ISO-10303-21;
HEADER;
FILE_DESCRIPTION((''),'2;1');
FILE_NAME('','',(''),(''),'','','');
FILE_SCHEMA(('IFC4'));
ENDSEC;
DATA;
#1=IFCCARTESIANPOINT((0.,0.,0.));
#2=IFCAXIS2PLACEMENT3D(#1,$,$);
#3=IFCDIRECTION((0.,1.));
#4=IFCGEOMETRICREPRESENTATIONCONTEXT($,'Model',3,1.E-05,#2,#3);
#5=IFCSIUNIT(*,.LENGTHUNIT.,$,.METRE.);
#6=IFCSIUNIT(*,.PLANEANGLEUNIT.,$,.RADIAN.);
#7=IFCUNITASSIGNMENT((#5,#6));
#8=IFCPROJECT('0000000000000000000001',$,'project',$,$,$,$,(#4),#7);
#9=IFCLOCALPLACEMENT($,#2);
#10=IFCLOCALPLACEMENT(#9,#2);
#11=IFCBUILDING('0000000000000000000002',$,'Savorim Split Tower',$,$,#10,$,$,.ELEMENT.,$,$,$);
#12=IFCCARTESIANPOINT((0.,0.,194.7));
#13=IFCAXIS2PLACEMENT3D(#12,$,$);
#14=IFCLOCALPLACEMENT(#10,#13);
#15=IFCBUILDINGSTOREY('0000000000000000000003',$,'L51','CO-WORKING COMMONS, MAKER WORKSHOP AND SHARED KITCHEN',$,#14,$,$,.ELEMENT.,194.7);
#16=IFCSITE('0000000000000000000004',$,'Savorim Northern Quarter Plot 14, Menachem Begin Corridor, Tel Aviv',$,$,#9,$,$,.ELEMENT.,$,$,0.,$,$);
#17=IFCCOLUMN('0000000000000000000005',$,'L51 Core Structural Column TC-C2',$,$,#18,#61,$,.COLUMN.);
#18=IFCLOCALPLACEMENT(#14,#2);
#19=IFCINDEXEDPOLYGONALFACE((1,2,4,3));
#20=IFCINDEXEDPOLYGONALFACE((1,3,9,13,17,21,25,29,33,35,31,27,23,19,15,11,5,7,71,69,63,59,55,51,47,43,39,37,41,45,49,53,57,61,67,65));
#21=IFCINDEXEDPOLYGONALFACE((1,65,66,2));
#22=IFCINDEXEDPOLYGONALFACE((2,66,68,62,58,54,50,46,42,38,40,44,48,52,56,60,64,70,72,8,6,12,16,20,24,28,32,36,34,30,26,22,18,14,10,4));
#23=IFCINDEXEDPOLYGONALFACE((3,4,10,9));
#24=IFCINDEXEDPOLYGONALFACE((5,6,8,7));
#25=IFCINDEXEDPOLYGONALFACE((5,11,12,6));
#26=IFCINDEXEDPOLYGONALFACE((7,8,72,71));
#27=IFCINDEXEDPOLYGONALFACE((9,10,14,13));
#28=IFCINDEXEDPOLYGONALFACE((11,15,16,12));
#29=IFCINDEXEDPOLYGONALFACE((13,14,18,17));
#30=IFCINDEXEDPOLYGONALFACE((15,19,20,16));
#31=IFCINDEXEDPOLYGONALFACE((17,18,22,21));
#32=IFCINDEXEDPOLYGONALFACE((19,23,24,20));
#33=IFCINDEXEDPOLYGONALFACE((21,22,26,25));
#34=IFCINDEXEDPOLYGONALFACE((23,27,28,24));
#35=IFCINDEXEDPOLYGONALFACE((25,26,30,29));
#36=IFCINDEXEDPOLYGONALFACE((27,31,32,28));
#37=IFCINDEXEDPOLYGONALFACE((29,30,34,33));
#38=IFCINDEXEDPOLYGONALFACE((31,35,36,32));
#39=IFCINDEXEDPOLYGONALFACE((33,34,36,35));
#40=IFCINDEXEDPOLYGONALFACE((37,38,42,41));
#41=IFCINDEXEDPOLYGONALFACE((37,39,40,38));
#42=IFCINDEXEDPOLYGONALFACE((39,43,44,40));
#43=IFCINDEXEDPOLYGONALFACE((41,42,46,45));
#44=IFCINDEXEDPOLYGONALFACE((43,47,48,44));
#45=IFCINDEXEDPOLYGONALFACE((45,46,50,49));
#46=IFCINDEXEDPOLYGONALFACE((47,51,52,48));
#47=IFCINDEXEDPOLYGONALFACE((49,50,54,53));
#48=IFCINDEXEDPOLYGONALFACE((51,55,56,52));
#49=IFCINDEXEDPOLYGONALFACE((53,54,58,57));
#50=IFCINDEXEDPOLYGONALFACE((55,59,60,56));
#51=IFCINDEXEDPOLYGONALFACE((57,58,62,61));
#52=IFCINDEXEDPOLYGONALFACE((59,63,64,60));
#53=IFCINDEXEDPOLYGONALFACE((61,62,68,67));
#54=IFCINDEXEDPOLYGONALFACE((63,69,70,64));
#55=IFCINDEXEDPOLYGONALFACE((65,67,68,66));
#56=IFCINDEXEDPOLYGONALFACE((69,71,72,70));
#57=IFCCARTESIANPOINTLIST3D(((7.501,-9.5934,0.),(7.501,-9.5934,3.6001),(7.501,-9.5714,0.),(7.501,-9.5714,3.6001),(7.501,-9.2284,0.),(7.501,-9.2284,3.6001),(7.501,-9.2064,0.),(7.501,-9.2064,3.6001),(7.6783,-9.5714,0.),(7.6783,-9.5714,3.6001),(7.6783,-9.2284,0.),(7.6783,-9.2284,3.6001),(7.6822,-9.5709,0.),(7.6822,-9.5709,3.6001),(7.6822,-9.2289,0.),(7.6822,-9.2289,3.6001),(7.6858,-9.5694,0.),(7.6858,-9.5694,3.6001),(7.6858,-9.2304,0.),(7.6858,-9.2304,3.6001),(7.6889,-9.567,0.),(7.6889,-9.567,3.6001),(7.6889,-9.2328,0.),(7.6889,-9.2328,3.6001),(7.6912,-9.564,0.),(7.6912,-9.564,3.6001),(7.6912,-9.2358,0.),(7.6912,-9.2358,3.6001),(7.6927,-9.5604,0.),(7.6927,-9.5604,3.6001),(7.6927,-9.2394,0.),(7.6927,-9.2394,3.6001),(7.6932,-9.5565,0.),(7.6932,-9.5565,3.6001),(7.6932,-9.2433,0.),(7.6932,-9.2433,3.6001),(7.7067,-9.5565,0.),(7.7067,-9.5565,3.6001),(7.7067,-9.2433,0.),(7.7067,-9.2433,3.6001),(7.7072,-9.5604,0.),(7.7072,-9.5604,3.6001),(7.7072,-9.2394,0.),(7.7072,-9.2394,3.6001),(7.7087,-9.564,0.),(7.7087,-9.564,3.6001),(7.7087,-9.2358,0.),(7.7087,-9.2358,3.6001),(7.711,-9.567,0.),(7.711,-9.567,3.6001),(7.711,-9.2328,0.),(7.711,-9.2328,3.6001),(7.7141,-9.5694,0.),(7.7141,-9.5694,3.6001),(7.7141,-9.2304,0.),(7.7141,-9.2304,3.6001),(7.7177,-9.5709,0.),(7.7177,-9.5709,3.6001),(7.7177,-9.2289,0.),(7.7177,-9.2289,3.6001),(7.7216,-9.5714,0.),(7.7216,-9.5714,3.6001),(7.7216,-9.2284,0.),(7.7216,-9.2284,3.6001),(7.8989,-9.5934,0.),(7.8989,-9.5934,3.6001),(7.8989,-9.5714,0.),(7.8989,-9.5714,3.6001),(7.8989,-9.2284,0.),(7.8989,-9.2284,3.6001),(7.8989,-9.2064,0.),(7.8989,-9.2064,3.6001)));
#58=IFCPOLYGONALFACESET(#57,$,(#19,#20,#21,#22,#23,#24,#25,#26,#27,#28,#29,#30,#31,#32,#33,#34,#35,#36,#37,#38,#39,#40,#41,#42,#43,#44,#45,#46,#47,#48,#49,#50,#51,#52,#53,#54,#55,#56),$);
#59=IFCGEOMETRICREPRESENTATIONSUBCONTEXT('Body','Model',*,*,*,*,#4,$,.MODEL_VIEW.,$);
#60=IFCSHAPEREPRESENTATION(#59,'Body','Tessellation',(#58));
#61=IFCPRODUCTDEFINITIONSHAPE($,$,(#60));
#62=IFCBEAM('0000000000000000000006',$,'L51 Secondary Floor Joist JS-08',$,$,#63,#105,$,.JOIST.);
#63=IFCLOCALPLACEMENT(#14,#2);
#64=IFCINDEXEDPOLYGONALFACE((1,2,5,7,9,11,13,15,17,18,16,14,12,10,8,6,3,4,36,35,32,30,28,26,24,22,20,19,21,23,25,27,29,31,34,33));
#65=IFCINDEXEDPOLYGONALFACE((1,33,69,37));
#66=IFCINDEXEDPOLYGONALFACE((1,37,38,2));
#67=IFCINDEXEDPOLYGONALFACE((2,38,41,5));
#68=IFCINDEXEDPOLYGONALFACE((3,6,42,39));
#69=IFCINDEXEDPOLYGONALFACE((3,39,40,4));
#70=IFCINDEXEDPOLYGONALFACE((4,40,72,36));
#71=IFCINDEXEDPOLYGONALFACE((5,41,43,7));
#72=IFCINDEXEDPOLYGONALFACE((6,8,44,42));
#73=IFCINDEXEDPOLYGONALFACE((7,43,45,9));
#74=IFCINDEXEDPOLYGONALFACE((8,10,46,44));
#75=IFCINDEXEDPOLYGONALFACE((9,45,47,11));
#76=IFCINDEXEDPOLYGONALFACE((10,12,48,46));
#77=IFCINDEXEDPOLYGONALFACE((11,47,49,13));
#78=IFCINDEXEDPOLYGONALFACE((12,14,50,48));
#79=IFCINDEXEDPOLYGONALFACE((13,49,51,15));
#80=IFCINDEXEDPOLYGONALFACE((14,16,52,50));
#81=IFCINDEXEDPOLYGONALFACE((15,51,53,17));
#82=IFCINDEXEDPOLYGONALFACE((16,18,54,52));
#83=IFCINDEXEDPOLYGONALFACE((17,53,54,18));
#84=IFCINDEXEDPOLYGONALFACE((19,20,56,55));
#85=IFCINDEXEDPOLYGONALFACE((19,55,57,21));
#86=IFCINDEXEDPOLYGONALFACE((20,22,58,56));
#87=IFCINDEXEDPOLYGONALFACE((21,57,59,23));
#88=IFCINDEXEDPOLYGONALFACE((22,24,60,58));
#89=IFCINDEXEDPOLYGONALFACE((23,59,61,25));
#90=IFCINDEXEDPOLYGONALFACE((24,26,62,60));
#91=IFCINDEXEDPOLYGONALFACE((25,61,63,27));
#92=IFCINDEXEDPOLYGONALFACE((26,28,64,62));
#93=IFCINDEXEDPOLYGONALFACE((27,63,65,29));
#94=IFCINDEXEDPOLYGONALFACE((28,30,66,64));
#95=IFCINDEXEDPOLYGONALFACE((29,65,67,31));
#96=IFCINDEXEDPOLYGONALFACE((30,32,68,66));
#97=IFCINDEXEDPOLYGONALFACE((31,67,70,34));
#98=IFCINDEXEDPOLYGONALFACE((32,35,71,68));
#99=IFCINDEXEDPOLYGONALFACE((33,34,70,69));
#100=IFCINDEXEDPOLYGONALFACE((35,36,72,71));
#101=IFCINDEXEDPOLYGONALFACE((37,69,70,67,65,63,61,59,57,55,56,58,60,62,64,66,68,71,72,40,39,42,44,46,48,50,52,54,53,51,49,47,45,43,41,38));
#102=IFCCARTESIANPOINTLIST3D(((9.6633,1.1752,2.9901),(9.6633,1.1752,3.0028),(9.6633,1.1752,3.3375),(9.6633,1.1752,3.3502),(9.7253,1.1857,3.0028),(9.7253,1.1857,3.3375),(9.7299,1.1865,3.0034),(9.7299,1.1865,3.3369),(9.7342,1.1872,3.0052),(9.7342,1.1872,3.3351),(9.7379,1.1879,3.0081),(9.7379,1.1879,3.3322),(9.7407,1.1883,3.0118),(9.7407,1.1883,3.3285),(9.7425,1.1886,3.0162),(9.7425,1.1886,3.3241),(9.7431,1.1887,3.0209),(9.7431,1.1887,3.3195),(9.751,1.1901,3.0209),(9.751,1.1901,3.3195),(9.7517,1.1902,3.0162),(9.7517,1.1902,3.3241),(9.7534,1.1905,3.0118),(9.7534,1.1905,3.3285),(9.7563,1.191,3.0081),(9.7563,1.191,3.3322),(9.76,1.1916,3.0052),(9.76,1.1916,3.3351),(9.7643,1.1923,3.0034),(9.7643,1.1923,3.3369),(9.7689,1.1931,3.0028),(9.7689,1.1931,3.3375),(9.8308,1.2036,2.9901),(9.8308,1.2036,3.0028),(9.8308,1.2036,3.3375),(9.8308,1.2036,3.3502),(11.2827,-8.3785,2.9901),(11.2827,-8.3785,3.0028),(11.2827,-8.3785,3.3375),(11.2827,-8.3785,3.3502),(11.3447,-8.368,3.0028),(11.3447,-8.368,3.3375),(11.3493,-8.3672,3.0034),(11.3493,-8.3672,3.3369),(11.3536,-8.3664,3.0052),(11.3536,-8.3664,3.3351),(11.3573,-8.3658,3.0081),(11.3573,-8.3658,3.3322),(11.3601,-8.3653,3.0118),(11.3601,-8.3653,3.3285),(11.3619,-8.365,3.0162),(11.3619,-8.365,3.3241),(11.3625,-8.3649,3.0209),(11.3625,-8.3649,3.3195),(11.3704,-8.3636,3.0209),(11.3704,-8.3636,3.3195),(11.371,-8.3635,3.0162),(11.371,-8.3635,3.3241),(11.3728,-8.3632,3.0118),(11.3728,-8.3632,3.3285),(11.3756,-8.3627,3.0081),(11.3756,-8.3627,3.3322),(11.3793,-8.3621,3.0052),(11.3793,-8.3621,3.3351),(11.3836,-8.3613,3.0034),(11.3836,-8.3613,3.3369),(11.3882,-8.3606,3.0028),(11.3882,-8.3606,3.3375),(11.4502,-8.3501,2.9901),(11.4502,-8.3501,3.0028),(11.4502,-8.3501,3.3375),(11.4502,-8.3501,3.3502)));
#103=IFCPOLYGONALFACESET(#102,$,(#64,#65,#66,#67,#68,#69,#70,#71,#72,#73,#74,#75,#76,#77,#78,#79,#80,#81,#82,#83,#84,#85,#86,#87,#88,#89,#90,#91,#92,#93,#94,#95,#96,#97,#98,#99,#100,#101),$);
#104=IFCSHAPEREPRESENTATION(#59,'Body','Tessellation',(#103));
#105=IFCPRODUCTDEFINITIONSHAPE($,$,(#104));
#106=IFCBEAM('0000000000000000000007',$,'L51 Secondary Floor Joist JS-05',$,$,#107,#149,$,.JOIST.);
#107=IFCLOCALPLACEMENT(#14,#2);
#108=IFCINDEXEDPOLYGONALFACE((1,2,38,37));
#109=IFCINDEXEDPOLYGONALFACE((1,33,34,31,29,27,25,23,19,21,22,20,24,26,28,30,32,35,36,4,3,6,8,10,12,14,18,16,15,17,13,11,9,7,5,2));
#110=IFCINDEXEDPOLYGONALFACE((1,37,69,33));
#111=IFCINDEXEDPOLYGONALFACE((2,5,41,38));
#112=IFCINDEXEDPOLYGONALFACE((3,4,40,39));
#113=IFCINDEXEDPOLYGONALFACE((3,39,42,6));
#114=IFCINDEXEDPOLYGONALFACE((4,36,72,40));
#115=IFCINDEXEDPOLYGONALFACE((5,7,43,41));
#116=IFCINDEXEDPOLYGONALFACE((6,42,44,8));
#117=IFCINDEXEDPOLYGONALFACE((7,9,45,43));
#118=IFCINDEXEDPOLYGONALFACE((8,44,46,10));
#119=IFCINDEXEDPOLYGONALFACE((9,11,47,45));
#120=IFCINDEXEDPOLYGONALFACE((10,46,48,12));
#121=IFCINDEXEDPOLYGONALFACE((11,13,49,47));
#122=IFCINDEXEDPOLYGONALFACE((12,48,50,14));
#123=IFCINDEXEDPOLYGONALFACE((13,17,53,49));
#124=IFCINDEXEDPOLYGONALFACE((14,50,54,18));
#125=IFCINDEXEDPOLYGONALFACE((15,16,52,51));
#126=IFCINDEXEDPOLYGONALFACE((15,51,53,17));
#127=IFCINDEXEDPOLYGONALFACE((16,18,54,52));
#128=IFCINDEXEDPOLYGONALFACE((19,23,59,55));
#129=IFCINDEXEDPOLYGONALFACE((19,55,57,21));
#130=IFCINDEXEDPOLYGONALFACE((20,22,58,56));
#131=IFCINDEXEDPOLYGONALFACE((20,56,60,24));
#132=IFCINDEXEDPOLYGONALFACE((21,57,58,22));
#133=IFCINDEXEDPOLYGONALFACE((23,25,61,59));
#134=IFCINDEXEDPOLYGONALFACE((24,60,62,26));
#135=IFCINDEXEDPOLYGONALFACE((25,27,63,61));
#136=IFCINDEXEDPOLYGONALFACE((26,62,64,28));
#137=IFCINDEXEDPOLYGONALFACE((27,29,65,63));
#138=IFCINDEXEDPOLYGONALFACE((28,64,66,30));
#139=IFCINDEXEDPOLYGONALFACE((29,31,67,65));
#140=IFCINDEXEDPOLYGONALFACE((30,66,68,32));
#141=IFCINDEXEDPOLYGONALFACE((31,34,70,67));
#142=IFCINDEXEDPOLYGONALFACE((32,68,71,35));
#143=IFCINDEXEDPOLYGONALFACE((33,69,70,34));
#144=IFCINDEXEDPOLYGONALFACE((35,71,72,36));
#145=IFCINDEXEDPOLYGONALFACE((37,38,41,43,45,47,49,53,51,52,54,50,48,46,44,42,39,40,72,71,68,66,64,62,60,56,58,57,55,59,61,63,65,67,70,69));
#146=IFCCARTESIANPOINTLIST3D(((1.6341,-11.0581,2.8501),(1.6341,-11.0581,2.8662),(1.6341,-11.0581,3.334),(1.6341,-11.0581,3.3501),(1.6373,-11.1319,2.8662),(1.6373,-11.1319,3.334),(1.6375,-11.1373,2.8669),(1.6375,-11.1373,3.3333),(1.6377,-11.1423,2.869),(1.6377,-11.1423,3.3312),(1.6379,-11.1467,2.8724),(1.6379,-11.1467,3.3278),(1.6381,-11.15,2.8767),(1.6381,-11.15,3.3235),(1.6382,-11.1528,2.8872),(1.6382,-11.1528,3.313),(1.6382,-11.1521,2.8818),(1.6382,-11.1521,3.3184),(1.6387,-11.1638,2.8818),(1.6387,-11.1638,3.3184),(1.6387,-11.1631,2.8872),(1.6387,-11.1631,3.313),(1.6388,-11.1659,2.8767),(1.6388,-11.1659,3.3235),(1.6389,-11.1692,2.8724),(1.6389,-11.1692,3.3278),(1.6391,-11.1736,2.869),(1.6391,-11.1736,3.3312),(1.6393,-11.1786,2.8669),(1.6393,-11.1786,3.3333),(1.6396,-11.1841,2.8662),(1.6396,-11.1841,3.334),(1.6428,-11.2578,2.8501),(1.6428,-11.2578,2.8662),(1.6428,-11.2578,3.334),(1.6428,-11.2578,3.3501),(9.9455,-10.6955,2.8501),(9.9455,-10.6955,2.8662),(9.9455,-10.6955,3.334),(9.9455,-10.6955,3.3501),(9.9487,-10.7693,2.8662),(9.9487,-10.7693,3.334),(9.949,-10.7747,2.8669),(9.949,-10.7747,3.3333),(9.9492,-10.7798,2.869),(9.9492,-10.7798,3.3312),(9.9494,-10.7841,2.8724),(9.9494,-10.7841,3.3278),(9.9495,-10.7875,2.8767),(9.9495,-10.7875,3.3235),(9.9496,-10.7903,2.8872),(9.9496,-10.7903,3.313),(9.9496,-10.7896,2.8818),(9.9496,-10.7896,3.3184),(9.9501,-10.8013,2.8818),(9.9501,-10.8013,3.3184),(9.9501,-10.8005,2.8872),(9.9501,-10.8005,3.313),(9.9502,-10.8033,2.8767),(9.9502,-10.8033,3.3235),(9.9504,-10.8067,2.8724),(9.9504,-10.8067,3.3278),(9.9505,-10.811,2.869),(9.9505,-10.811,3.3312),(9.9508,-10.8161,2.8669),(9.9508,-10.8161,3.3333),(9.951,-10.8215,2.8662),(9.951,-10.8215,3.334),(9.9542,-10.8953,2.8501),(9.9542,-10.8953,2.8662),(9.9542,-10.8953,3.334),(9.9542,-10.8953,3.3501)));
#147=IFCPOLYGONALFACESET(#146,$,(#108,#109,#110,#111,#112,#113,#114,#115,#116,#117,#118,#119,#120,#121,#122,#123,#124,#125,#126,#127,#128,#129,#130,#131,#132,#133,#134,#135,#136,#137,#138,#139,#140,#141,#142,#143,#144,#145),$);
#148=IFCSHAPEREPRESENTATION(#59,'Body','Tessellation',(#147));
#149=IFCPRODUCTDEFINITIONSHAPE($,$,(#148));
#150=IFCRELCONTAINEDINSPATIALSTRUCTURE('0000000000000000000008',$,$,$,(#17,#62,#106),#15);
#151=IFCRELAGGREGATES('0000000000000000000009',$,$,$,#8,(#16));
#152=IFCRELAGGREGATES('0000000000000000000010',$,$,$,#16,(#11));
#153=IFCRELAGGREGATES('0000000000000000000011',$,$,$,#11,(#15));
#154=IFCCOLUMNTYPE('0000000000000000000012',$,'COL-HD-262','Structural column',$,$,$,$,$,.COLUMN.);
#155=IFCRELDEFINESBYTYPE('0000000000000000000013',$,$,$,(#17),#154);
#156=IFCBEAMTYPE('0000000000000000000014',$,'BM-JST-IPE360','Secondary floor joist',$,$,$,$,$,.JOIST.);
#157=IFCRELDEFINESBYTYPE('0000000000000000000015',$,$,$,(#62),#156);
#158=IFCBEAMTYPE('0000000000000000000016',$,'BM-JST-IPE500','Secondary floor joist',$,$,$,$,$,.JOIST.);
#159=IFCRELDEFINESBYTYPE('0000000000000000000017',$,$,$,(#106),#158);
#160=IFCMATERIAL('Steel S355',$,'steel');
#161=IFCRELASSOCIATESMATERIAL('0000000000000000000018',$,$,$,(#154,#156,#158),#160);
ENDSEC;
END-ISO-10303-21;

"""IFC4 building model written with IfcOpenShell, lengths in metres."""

from ifc_helpers import new_model, si_unit, direction, frame, origin, origin_2d, place, context, subcontext, project, spatial, i_section, extrude, material, material_profile, profile_set, type_object, element, save


model = new_model("IFC4")

# Units and contexts
model_context = context("Model", 3, precision=1e-05, world=origin(), true_north=direction((0.0, 1.0)))
body_context = subcontext(model_context, "Body", "Model", "MODEL_VIEW")
ifc_project = project(units=[si_unit("LENGTHUNIT", "METRE"), si_unit("PLANEANGLEUNIT", "RADIAN")], contexts=[model_context])

# Site, building, storey
site_placement = place(None, origin())
site = spatial("IfcSite", under=ifc_project, at=site_placement, Name="Savorim Northern Quarter Plot 14, Menachem Begin Corridor, Tel Aviv", CompositionType="ELEMENT", RefElevation=0.0)
building_placement = place(site_placement, origin())
building = spatial("IfcBuilding", under=site, at=building_placement, Name="Savorim Split Tower", CompositionType="ELEMENT")
storey_placement = place(building_placement, frame((0.0, 0.0, 194.7)))
storey = spatial("IfcBuildingStorey", under=building, at=storey_placement, Name="L51", Description="CO-WORKING COMMONS, MAKER WORKSHOP AND SHARED KITCHEN", CompositionType="ELEMENT", Elevation=194.7)

# Column
ifc_material_1 = material(Name="Steel S355", Category="steel")
ifc_material_profile_1 = material_profile(ifc_material_1, i_section(OverallWidth=0.3979, OverallDepth=0.387, WebThickness=0.0134, FlangeThickness=0.022, FilletRadius=0.0149, at=origin_2d()), Name="HD 400x262")
ifc_profile_set_1 = profile_set([ifc_material_profile_1], Name="Steel S355")
column_type = type_object("IfcColumnType", Name="COL-HD-262", Description="Structural column", PredefinedType="COLUMN", material=ifc_profile_set_1)
column_placement = place(storey_placement, frame((7.7, -9.3999, 0.0), z_axis=(0.0, 0.0, 1.0), x_axis=(1.0, 0.0, 0.0)))
element("IfcColumn", 1, at=column_placement, inside=storey, type_object=column_type, Name="L51 Core Structural Column TC-C2", PredefinedType="COLUMN", context=body_context, shape_type="SweptSolid", body=[
    extrude(i_section(OverallWidth=0.3979, OverallDepth=0.387, WebThickness=0.0134, FlangeThickness=0.022, FilletRadius=0.0149, at=origin_2d()), origin(), (0.0, 0.0, 1.0), 3.6001),
])

# Beams
ifc_material_profile_2 = material_profile(ifc_material_1, i_section(OverallWidth=0.1699, OverallDepth=0.3601, WebThickness=0.0081, FlangeThickness=0.0127, FilletRadius=0.0181, at=origin_2d()), Name="IPE 360")
ifc_profile_set_2 = profile_set([ifc_material_profile_2], Name="Steel S355")
beam_type_1 = type_object("IfcBeamType", Name="BM-JST-IPE360", Description="Secondary floor joist", PredefinedType="JOIST", material=ifc_profile_set_2)
beam_1_placement = place(storey_placement, frame((11.3665, -8.3643, 3.1702), z_axis=(-0.167119, 0.985937, 0.0), x_axis=(-0.985937, -0.167119, 0.0)))
element("IfcBeam", 2, at=beam_1_placement, inside=storey, type_object=beam_type_1, Name="L51 Secondary Floor Joist JS-08", PredefinedType="JOIST", context=body_context, shape_type="SweptSolid", body=[
    extrude(i_section(OverallWidth=0.1699, OverallDepth=0.3601, WebThickness=0.0081, FlangeThickness=0.0127, FilletRadius=0.0181, at=origin_2d()), origin(), (0.0, 0.0, 1.0), 9.6899),
])
ifc_material_profile_3 = material_profile(ifc_material_1, i_section(OverallWidth=0.2, OverallDepth=0.5, WebThickness=0.0103, FlangeThickness=0.0161, FilletRadius=0.021, at=origin_2d()), Name="IPE 500")
ifc_profile_set_3 = profile_set([ifc_material_profile_3], Name="Steel S355")
beam_type_2 = type_object("IfcBeamType", Name="BM-JST-IPE500", Description="Secondary floor joist", PredefinedType="JOIST", material=ifc_profile_set_3)
beam_2_placement = place(storey_placement, frame((1.6384, -11.158, 3.1001), z_axis=(0.99905, 0.043579, 0.0), x_axis=(-0.043579, 0.99905, 0.0)))
element("IfcBeam", 3, at=beam_2_placement, inside=storey, type_object=beam_type_2, Name="L51 Secondary Floor Joist JS-05", PredefinedType="JOIST", context=body_context, shape_type="SweptSolid", body=[
    extrude(i_section(OverallWidth=0.2, OverallDepth=0.5, WebThickness=0.0103, FlangeThickness=0.0161, FilletRadius=0.021, at=origin_2d()), origin(), (0.0, 0.0, 1.0), 8.3193),
])

save(model, "model.ifc")
